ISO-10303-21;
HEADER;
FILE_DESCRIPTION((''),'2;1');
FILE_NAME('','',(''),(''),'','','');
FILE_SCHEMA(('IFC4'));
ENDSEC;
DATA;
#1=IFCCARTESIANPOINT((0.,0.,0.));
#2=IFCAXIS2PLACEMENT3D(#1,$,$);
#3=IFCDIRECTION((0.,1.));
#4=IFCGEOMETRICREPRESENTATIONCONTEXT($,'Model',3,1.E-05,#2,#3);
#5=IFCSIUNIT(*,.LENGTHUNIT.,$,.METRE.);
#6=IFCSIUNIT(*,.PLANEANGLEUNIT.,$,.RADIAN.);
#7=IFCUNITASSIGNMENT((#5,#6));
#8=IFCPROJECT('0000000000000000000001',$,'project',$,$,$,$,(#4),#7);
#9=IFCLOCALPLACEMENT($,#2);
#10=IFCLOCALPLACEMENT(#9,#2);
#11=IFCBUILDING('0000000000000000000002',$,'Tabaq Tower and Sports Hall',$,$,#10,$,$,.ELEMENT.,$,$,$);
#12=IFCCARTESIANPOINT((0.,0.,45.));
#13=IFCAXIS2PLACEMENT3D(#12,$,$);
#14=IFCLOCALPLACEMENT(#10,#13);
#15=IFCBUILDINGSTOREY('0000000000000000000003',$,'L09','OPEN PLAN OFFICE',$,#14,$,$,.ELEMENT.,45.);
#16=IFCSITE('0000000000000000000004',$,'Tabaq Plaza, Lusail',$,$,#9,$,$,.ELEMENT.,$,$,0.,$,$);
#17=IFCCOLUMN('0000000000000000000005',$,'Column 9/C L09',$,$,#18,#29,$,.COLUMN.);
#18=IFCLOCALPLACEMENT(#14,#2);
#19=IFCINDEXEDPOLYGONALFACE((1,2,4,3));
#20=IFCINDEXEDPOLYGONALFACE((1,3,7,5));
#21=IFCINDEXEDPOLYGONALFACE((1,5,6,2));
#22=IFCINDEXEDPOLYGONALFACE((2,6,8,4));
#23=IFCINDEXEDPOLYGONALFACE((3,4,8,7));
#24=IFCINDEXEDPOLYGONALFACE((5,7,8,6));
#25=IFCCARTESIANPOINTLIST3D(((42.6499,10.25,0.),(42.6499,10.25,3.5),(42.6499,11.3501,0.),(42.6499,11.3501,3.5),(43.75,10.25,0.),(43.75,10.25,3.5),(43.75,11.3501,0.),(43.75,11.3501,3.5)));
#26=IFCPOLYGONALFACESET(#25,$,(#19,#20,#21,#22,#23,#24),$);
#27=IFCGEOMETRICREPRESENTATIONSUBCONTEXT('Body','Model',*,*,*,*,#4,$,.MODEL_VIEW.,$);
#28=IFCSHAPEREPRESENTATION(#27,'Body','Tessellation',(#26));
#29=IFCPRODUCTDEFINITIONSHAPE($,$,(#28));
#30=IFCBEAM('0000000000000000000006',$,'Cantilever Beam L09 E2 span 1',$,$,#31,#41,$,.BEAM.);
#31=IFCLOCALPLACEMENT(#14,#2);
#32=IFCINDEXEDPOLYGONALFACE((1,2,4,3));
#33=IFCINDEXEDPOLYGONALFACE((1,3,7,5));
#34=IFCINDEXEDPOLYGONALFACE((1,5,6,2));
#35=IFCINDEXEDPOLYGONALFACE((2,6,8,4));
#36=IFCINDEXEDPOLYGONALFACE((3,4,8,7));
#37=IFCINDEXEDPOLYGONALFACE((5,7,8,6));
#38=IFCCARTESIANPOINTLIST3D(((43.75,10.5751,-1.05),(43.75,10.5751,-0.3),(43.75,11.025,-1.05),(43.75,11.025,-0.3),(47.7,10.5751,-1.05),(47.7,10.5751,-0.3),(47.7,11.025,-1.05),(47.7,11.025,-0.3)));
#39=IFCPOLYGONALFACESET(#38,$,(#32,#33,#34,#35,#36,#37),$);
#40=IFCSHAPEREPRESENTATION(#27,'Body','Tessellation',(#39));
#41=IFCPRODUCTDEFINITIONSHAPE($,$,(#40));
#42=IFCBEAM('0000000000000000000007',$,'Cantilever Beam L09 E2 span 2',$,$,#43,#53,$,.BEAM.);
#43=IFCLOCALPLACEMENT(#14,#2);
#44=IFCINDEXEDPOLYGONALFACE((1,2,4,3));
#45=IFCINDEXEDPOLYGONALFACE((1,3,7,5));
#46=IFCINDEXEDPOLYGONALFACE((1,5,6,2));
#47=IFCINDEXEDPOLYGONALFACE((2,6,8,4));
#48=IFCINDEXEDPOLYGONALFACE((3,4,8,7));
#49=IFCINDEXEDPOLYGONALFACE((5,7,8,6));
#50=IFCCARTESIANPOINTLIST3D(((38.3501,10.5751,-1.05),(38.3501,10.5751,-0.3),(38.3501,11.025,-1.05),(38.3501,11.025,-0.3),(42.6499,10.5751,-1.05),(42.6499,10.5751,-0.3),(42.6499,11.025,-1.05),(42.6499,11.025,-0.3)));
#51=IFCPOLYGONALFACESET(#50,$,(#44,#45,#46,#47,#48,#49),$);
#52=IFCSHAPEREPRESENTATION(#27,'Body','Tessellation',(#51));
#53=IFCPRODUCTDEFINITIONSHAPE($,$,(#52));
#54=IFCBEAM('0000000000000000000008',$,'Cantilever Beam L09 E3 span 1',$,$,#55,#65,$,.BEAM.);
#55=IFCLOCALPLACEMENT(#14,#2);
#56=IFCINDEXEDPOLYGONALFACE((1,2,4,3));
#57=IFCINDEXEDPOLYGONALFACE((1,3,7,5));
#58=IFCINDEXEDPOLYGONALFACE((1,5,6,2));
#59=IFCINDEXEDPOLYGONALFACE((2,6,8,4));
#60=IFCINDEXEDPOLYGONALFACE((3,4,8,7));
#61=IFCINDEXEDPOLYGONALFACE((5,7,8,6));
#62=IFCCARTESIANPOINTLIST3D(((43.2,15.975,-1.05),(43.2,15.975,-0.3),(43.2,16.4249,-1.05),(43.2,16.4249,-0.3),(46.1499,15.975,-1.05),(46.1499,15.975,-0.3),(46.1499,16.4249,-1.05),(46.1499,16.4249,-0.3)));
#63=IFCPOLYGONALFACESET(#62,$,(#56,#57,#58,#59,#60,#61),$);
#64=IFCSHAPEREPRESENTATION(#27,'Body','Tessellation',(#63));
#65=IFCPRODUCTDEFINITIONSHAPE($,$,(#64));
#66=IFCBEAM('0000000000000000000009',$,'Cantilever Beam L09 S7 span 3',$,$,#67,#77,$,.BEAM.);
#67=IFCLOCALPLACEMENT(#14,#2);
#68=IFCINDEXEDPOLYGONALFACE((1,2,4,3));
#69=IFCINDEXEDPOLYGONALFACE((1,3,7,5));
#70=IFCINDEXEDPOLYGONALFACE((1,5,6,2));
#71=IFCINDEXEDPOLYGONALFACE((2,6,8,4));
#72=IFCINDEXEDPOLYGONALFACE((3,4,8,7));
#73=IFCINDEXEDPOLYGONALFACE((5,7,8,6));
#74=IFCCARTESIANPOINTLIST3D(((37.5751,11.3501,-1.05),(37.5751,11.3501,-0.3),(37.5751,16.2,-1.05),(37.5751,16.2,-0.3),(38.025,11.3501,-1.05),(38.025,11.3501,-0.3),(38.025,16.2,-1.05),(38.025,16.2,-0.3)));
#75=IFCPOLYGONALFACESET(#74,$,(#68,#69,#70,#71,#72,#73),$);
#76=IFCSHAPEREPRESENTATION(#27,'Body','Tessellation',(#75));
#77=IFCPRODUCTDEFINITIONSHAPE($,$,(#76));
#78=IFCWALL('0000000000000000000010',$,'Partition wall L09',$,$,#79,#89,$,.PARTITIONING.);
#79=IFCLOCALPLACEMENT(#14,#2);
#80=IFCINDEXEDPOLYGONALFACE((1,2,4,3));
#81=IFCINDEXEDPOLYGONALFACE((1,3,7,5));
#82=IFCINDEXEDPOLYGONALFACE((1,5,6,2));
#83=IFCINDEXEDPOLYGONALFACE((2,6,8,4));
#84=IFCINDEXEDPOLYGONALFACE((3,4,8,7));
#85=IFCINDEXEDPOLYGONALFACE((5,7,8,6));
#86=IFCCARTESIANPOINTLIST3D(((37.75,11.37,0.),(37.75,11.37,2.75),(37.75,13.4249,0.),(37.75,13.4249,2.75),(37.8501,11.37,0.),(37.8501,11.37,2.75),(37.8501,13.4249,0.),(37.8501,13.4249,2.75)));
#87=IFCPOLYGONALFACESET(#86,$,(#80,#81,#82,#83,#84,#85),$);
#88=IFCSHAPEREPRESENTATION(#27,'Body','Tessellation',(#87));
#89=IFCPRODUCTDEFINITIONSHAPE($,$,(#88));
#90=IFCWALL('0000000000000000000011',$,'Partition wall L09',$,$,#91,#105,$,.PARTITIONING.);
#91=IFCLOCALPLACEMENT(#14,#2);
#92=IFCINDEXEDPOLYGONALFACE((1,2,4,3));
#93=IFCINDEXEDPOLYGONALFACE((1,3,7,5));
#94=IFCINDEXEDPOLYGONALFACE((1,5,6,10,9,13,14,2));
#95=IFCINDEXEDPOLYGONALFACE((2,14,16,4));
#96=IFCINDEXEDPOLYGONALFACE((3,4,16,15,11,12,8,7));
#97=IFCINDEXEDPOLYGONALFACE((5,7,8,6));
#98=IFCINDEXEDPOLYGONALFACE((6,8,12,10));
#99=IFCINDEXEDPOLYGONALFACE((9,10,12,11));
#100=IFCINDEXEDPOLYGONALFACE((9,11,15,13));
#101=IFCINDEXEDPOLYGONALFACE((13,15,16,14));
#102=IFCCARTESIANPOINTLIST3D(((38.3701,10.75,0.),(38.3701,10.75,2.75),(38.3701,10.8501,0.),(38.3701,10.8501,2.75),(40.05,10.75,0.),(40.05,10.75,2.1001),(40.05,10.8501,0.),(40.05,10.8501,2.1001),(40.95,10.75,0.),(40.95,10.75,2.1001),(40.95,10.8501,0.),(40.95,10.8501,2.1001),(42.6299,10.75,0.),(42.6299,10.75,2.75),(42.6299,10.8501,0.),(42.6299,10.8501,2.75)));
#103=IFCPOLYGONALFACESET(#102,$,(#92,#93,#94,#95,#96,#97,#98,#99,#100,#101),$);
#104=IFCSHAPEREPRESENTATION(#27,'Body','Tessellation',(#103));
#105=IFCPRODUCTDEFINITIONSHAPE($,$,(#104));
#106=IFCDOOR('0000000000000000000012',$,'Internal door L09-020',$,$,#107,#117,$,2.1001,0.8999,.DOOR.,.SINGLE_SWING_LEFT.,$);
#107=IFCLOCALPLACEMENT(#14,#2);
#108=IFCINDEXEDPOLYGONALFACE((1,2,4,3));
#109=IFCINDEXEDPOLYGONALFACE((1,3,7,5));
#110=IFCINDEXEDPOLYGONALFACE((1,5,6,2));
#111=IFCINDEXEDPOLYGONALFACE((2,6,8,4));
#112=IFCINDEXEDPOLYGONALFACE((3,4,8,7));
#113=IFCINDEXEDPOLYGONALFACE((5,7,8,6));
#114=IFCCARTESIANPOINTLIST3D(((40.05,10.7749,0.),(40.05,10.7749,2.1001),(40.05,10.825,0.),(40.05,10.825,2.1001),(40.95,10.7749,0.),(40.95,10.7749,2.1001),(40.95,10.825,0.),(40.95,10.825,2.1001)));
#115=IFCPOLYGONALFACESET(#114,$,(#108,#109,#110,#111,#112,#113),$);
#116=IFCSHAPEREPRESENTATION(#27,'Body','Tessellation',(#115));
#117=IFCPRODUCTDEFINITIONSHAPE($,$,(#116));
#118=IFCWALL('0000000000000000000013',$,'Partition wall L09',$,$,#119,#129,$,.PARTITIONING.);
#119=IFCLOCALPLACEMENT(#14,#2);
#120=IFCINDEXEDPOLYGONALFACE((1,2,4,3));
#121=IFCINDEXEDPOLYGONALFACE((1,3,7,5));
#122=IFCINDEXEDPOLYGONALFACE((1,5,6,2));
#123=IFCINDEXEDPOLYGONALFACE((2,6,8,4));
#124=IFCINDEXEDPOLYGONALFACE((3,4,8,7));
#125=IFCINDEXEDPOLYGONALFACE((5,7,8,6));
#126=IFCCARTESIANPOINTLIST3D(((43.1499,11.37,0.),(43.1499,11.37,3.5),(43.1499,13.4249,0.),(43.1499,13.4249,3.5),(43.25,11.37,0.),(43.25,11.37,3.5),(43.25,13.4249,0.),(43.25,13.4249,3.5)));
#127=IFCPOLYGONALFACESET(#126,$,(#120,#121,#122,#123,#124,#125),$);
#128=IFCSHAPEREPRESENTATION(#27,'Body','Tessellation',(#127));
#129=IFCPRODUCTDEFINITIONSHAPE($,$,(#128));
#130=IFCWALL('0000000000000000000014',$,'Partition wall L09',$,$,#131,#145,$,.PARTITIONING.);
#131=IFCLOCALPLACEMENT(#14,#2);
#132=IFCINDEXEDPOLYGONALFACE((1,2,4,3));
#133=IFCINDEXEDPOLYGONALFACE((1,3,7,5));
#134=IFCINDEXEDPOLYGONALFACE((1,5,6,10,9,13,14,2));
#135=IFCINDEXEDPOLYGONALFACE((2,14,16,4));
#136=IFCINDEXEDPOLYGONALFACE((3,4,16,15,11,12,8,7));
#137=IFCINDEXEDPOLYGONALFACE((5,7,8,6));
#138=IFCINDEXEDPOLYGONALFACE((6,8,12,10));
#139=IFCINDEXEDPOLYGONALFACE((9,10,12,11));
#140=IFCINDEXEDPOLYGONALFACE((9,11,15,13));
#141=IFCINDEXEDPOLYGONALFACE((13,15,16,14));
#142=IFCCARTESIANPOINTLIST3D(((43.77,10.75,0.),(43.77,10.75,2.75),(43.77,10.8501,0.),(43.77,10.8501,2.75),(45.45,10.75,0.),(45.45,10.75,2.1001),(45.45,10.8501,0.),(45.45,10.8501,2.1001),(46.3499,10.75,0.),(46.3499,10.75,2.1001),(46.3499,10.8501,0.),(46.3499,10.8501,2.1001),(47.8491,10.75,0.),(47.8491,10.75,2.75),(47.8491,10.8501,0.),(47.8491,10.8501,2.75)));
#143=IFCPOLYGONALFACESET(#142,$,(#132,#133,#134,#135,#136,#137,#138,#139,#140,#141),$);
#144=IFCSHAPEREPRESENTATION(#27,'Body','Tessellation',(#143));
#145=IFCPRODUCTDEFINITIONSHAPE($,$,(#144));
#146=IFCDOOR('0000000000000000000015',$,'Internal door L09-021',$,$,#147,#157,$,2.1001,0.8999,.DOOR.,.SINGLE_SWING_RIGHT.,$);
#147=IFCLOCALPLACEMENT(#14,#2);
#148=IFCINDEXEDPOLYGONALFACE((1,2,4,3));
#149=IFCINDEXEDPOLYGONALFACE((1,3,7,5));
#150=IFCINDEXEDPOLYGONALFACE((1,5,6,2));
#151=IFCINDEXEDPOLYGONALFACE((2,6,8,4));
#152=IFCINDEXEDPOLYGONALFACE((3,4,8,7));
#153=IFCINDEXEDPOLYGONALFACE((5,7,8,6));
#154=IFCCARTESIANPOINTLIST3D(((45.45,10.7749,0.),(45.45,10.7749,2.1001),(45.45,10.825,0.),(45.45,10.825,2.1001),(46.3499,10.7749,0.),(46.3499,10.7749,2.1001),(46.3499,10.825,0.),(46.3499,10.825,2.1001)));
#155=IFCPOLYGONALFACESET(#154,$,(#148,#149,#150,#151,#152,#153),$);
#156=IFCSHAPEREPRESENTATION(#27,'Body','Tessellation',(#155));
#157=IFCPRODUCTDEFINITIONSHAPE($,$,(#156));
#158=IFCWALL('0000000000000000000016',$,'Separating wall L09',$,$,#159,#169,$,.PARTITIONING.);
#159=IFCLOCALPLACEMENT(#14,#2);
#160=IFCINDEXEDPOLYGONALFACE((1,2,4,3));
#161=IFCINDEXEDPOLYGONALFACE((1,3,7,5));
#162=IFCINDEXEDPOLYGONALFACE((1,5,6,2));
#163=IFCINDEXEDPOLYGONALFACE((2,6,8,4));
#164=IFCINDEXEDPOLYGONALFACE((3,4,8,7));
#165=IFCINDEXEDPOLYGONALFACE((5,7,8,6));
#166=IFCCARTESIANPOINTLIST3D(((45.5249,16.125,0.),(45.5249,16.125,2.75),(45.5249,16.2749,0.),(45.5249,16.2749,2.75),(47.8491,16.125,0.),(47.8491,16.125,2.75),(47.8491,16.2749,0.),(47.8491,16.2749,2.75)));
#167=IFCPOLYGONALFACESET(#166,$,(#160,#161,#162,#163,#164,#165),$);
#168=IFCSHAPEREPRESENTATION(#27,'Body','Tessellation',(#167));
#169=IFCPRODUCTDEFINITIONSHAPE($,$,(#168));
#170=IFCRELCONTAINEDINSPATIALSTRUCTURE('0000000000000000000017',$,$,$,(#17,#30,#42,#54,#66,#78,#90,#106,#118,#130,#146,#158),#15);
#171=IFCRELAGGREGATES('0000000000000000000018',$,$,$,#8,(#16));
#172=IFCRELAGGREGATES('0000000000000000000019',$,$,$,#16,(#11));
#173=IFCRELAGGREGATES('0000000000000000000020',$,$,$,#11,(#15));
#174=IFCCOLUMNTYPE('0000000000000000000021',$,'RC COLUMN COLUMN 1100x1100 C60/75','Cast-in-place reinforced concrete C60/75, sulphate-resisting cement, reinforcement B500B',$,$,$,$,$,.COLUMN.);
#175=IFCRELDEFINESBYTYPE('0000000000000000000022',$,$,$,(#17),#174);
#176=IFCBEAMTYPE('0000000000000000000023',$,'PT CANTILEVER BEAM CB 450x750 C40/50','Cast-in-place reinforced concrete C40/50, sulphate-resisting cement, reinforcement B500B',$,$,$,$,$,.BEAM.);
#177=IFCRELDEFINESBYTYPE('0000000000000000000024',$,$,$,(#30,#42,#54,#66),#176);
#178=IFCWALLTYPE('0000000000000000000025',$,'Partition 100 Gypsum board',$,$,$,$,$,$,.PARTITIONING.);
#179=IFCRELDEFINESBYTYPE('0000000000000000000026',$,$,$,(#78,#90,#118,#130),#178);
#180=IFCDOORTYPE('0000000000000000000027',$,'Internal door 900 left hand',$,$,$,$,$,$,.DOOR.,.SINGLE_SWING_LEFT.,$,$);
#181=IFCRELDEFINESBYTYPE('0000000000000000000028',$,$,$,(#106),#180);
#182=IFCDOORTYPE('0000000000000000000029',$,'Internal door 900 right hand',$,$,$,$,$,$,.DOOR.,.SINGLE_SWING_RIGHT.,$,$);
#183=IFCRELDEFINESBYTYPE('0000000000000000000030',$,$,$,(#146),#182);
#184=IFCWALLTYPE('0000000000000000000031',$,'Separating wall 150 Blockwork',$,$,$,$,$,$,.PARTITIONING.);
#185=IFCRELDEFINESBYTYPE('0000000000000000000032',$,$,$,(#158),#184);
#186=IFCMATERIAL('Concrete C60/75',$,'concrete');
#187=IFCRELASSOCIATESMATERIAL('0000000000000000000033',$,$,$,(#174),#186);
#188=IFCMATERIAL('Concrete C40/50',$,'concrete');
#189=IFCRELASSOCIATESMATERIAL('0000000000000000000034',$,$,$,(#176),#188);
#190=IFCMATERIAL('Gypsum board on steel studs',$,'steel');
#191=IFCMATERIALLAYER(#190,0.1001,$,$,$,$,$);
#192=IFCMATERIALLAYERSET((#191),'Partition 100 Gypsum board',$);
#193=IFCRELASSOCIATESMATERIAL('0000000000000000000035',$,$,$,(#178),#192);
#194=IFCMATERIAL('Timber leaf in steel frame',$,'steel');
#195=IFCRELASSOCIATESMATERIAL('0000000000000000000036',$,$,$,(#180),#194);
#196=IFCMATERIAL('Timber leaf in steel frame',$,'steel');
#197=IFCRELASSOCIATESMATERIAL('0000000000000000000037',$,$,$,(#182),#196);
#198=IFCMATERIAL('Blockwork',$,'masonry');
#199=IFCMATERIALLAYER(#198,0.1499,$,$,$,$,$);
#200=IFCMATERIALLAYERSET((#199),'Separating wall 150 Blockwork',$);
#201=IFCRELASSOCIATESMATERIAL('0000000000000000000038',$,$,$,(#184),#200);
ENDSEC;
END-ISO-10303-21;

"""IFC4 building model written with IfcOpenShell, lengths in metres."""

from ifc_helpers import new_model, si_unit, direction, frame, frame_2d, origin, origin_2d, place, context, subcontext, project, spatial, rectangle, extrude, material, layer, layer_set, material_profile, profile_set, type_object, element, fill, save


model = new_model("IFC4")

# Units and contexts
model_context = context("Model", 3, precision=1e-05, world=origin(), true_north=direction((0.0, 1.0)))
body_context = subcontext(model_context, "Body", "Model", "MODEL_VIEW")
ifc_project = project(units=[si_unit("LENGTHUNIT", "METRE"), si_unit("PLANEANGLEUNIT", "RADIAN")], contexts=[model_context])

# Site, building, storey
site_placement = place(None, origin())
site = spatial("IfcSite", under=ifc_project, at=site_placement, Name="Tabaq Plaza, Lusail", CompositionType="ELEMENT", RefElevation=0.0)
building_placement = place(site_placement, origin())
building = spatial("IfcBuilding", under=site, at=building_placement, Name="Tabaq Tower and Sports Hall", CompositionType="ELEMENT")
storey_placement = place(building_placement, frame((0.0, 0.0, 45.0)))
storey = spatial("IfcBuildingStorey", under=building, at=storey_placement, Name="L09", Description="OPEN PLAN OFFICE", CompositionType="ELEMENT", Elevation=45.0)

# Column
ifc_material_1 = material(Name="Concrete C60/75", Category="concrete")
ifc_material_profile_1 = material_profile(ifc_material_1, rectangle(XDim=1.1001, YDim=1.1001, at=origin_2d()), Name="COLUMN 1100x1100")
ifc_profile_set_1 = profile_set([ifc_material_profile_1], Name="Concrete C60/75")
column_type = type_object("IfcColumnType", Name="RC COLUMN COLUMN 1100x1100 C60/75", Description="Cast-in-place reinforced concrete C60/75, sulphate-resisting cement, reinforcement B500B", PredefinedType="COLUMN", material=ifc_profile_set_1)
column_placement = place(storey_placement, frame((43.2, 10.8, 0.0), z_axis=(0.0, 0.0, 1.0), x_axis=(1.0, 0.0, 0.0)))
element("IfcColumn", 1, at=column_placement, inside=storey, type_object=column_type, Name="Column 9/C L09", PredefinedType="COLUMN", context=body_context, shape_type="SweptSolid", body=[
    extrude(rectangle(XDim=1.1001, YDim=1.1001, at=origin_2d()), origin(), (0.0, 0.0, 1.0), 3.5),
])

# Beams
ifc_material_2 = material(Name="Concrete C40/50", Category="concrete")
ifc_material_profile_2 = material_profile(ifc_material_2, rectangle(XDim=0.45, YDim=0.75, at=origin_2d()), Name="CB 450x750")
ifc_profile_set_2 = profile_set([ifc_material_profile_2], Name="Concrete C40/50")
beam_type = type_object("IfcBeamType", Name="PT CANTILEVER BEAM CB 450x750 C40/50", Description="Cast-in-place reinforced concrete C40/50, sulphate-resisting cement, reinforcement B500B", PredefinedType="BEAM", material=ifc_profile_set_2)
beam_1_placement = place(storey_placement, frame((47.7, 10.8, -0.675), z_axis=(-1.0, 0.0, 0.0), x_axis=(0.0, -1.0, 0.0)))
element("IfcBeam", 2, at=beam_1_placement, inside=storey, type_object=beam_type, Name="Cantilever Beam L09 E2 span 1", PredefinedType="BEAM", context=body_context, shape_type="SweptSolid", body=[
    extrude(rectangle(XDim=0.45, YDim=0.75, at=origin_2d()), origin(), (0.0, 0.0, 1.0), 3.95),
])
beam_2_placement = place(storey_placement, frame((42.6499, 10.8, -0.675), z_axis=(-1.0, 0.0, 0.0), x_axis=(0.0, -1.0, 0.0)))
element("IfcBeam", 3, at=beam_2_placement, inside=storey, type_object=beam_type, Name="Cantilever Beam L09 E2 span 2", PredefinedType="BEAM", context=body_context, shape_type="SweptSolid", body=[
    extrude(rectangle(XDim=0.45, YDim=0.75, at=origin_2d()), origin(), (0.0, 0.0, 1.0), 4.2998),
])
beam_3_placement = place(storey_placement, frame((46.1499, 16.2, -0.675), z_axis=(-1.0, 0.0, 0.0), x_axis=(0.0, -1.0, 0.0)))
element("IfcBeam", 4, at=beam_3_placement, inside=storey, type_object=beam_type, Name="Cantilever Beam L09 E3 span 1", PredefinedType="BEAM", context=body_context, shape_type="SweptSolid", body=[
    extrude(rectangle(XDim=0.45, YDim=0.75, at=origin_2d()), origin(), (0.0, 0.0, 1.0), 2.95),
])
beam_4_placement = place(storey_placement, frame((37.8, 11.3501, -0.675), z_axis=(0.0, 1.0, 0.0), x_axis=(-1.0, 0.0, 0.0)))
element("IfcBeam", 5, at=beam_4_placement, inside=storey, type_object=beam_type, Name="Cantilever Beam L09 S7 span 3", PredefinedType="BEAM", context=body_context, shape_type="SweptSolid", body=[
    extrude(rectangle(XDim=0.45, YDim=0.75, at=origin_2d()), origin(), (0.0, 0.0, 1.0), 4.8499),
])

# Wall
ifc_material_3 = material(Name="Gypsum board on steel studs", Category="steel")
ifc_layer_1 = layer(ifc_material_3, 0.1001)
ifc_layer_set_1 = layer_set([ifc_layer_1], Name="Partition 100 Gypsum board")
wall_type_1 = type_object("IfcWallType", Name="Partition 100 Gypsum board", PredefinedType="PARTITIONING", material=ifc_layer_set_1)
wall_1_placement = place(storey_placement, frame((37.8, 11.3701, 0.0), z_axis=(0.0, 0.0, 1.0), x_axis=(0.0, 1.0, 0.0)))
element("IfcWall", 6, at=wall_1_placement, inside=storey, type_object=wall_type_1, Name="Partition wall L09", PredefinedType="PARTITIONING", context=body_context, shape_type="SweptSolid", body=[
    extrude(rectangle(XDim=2.0549, YDim=0.1001, at=frame_2d((1.0273, 0.0))), origin(), (0.0, 0.0, 1.0), 2.75),
])

# Wall, opening, door
wall_2_placement = place(storey_placement, frame((38.3701, 10.8, 0.0), z_axis=(0.0, 0.0, 1.0), x_axis=(1.0, 0.0, 0.0)))
wall_2 = element("IfcWall", 7, at=wall_2_placement, inside=storey, type_object=wall_type_1, Name="Partition wall L09", PredefinedType="PARTITIONING", context=body_context, shape_type="SweptSolid", body=[
    extrude(rectangle(XDim=4.2598, YDim=0.1001, at=frame_2d((2.1299, 0.0))), origin(), (0.0, 0.0, 1.0), 2.75),
])
opening_1_placement = place(wall_2_placement, frame((1.6799, 0.0, 0.0)))
opening_1 = element("IfcOpeningElement", 8, at=opening_1_placement, cuts=wall_2, PredefinedType="OPENING", context=body_context, shape_type="SweptSolid", body=[
    extrude(rectangle(XDim=0.8999, YDim=2.1001, at=frame_2d((0.45, 1.05))), frame((0.0, 0.05, 0.0), z_axis=(0.0, -1.0, 0.0), x_axis=(1.0, 0.0, 0.0)), (0.0, 0.0, 1.0), 0.1001),
])
ifc_material_4 = material(Name="Timber leaf in steel frame", Category="steel")
door_type_1 = type_object("IfcDoorType", Name="Internal door 900 left hand", OperationType="SINGLE_SWING_LEFT", PredefinedType="DOOR", material=ifc_material_4)
door_1_placement = place(opening_1_placement, origin())
door_1 = element("IfcDoor", 9, at=door_1_placement, inside=storey, type_object=door_type_1, Name="Internal door L09-020", OperationType="SINGLE_SWING_LEFT", OverallHeight=2.1001, OverallWidth=0.8999, PredefinedType="DOOR", context=body_context, shape_type="SweptSolid", body=[
    extrude(rectangle(XDim=0.8999, YDim=2.1001, at=frame_2d((0.45, 1.05))), frame((0.0, 0.0249, 0.0), z_axis=(0.0, -1.0, 0.0), x_axis=(1.0, 0.0, 0.0)), (0.0, 0.0, 1.0), 0.05),
])
fill(opening_1, door_1)

# Wall
wall_3_placement = place(storey_placement, frame((43.2, 11.3701, 0.0), z_axis=(0.0, 0.0, 1.0), x_axis=(0.0, 1.0, 0.0)))
element("IfcWall", 10, at=wall_3_placement, inside=storey, type_object=wall_type_1, Name="Partition wall L09", PredefinedType="PARTITIONING", context=body_context, shape_type="SweptSolid", body=[
    extrude(rectangle(XDim=2.0549, YDim=0.1001, at=frame_2d((1.0273, 0.0))), origin(), (0.0, 0.0, 1.0), 3.5),
])

# Wall, opening, door
wall_4_placement = place(storey_placement, frame((43.77, 10.8, 0.0), z_axis=(0.0, 0.0, 1.0), x_axis=(1.0, 0.0, 0.0)))
wall_4 = element("IfcWall", 11, at=wall_4_placement, inside=storey, type_object=wall_type_1, Name="Partition wall L09", PredefinedType="PARTITIONING", context=body_context, shape_type="SweptSolid", body=[
    extrude(rectangle(XDim=4.0791, YDim=0.1001, at=frame_2d((2.0396, 0.0))), origin(), (0.0, 0.0, 1.0), 2.75),
])
opening_2_placement = place(wall_4_placement, frame((1.6799, 0.0, 0.0)))
opening_2 = element("IfcOpeningElement", 12, at=opening_2_placement, cuts=wall_4, PredefinedType="OPENING", context=body_context, shape_type="SweptSolid", body=[
    extrude(rectangle(XDim=0.8999, YDim=2.1001, at=frame_2d((0.45, 1.05))), frame((0.0, 0.05, 0.0), z_axis=(0.0, -1.0, 0.0), x_axis=(1.0, 0.0, 0.0)), (0.0, 0.0, 1.0), 0.1001),
])
ifc_material_5 = material(Name="Timber leaf in steel frame", Category="steel")
door_type_2 = type_object("IfcDoorType", Name="Internal door 900 right hand", OperationType="SINGLE_SWING_RIGHT", PredefinedType="DOOR", material=ifc_material_5)
door_2_placement = place(opening_2_placement, origin())
door_2 = element("IfcDoor", 13, at=door_2_placement, inside=storey, type_object=door_type_2, Name="Internal door L09-021", OperationType="SINGLE_SWING_RIGHT", OverallHeight=2.1001, OverallWidth=0.8999, PredefinedType="DOOR", context=body_context, shape_type="SweptSolid", body=[
    extrude(rectangle(XDim=0.8999, YDim=2.1001, at=frame_2d((0.45, 1.05))), frame((0.0, 0.0249, 0.0), z_axis=(0.0, -1.0, 0.0), x_axis=(1.0, 0.0, 0.0)), (0.0, 0.0, 1.0), 0.05),
])
fill(opening_2, door_2)

# Wall
ifc_material_6 = material(Name="Blockwork", Category="masonry")
ifc_layer_2 = layer(ifc_material_6, 0.1499)
ifc_layer_set_2 = layer_set([ifc_layer_2], Name="Separating wall 150 Blockwork")
wall_type_2 = type_object("IfcWallType", Name="Separating wall 150 Blockwork", PredefinedType="PARTITIONING", material=ifc_layer_set_2)
wall_5_placement = place(storey_placement, frame((47.8491, 16.2, 0.0), z_axis=(0.0, 0.0, 1.0), x_axis=(-1.0, 0.0, 0.0)))
element("IfcWall", 14, at=wall_5_placement, inside=storey, type_object=wall_type_2, Name="Separating wall L09", PredefinedType="PARTITIONING", context=body_context, shape_type="SweptSolid", body=[
    extrude(rectangle(XDim=2.3242, YDim=0.1499, at=frame_2d((1.1621, 0.0))), origin(), (0.0, 0.0, 1.0), 2.75),
])

save(model, "model.ifc")
